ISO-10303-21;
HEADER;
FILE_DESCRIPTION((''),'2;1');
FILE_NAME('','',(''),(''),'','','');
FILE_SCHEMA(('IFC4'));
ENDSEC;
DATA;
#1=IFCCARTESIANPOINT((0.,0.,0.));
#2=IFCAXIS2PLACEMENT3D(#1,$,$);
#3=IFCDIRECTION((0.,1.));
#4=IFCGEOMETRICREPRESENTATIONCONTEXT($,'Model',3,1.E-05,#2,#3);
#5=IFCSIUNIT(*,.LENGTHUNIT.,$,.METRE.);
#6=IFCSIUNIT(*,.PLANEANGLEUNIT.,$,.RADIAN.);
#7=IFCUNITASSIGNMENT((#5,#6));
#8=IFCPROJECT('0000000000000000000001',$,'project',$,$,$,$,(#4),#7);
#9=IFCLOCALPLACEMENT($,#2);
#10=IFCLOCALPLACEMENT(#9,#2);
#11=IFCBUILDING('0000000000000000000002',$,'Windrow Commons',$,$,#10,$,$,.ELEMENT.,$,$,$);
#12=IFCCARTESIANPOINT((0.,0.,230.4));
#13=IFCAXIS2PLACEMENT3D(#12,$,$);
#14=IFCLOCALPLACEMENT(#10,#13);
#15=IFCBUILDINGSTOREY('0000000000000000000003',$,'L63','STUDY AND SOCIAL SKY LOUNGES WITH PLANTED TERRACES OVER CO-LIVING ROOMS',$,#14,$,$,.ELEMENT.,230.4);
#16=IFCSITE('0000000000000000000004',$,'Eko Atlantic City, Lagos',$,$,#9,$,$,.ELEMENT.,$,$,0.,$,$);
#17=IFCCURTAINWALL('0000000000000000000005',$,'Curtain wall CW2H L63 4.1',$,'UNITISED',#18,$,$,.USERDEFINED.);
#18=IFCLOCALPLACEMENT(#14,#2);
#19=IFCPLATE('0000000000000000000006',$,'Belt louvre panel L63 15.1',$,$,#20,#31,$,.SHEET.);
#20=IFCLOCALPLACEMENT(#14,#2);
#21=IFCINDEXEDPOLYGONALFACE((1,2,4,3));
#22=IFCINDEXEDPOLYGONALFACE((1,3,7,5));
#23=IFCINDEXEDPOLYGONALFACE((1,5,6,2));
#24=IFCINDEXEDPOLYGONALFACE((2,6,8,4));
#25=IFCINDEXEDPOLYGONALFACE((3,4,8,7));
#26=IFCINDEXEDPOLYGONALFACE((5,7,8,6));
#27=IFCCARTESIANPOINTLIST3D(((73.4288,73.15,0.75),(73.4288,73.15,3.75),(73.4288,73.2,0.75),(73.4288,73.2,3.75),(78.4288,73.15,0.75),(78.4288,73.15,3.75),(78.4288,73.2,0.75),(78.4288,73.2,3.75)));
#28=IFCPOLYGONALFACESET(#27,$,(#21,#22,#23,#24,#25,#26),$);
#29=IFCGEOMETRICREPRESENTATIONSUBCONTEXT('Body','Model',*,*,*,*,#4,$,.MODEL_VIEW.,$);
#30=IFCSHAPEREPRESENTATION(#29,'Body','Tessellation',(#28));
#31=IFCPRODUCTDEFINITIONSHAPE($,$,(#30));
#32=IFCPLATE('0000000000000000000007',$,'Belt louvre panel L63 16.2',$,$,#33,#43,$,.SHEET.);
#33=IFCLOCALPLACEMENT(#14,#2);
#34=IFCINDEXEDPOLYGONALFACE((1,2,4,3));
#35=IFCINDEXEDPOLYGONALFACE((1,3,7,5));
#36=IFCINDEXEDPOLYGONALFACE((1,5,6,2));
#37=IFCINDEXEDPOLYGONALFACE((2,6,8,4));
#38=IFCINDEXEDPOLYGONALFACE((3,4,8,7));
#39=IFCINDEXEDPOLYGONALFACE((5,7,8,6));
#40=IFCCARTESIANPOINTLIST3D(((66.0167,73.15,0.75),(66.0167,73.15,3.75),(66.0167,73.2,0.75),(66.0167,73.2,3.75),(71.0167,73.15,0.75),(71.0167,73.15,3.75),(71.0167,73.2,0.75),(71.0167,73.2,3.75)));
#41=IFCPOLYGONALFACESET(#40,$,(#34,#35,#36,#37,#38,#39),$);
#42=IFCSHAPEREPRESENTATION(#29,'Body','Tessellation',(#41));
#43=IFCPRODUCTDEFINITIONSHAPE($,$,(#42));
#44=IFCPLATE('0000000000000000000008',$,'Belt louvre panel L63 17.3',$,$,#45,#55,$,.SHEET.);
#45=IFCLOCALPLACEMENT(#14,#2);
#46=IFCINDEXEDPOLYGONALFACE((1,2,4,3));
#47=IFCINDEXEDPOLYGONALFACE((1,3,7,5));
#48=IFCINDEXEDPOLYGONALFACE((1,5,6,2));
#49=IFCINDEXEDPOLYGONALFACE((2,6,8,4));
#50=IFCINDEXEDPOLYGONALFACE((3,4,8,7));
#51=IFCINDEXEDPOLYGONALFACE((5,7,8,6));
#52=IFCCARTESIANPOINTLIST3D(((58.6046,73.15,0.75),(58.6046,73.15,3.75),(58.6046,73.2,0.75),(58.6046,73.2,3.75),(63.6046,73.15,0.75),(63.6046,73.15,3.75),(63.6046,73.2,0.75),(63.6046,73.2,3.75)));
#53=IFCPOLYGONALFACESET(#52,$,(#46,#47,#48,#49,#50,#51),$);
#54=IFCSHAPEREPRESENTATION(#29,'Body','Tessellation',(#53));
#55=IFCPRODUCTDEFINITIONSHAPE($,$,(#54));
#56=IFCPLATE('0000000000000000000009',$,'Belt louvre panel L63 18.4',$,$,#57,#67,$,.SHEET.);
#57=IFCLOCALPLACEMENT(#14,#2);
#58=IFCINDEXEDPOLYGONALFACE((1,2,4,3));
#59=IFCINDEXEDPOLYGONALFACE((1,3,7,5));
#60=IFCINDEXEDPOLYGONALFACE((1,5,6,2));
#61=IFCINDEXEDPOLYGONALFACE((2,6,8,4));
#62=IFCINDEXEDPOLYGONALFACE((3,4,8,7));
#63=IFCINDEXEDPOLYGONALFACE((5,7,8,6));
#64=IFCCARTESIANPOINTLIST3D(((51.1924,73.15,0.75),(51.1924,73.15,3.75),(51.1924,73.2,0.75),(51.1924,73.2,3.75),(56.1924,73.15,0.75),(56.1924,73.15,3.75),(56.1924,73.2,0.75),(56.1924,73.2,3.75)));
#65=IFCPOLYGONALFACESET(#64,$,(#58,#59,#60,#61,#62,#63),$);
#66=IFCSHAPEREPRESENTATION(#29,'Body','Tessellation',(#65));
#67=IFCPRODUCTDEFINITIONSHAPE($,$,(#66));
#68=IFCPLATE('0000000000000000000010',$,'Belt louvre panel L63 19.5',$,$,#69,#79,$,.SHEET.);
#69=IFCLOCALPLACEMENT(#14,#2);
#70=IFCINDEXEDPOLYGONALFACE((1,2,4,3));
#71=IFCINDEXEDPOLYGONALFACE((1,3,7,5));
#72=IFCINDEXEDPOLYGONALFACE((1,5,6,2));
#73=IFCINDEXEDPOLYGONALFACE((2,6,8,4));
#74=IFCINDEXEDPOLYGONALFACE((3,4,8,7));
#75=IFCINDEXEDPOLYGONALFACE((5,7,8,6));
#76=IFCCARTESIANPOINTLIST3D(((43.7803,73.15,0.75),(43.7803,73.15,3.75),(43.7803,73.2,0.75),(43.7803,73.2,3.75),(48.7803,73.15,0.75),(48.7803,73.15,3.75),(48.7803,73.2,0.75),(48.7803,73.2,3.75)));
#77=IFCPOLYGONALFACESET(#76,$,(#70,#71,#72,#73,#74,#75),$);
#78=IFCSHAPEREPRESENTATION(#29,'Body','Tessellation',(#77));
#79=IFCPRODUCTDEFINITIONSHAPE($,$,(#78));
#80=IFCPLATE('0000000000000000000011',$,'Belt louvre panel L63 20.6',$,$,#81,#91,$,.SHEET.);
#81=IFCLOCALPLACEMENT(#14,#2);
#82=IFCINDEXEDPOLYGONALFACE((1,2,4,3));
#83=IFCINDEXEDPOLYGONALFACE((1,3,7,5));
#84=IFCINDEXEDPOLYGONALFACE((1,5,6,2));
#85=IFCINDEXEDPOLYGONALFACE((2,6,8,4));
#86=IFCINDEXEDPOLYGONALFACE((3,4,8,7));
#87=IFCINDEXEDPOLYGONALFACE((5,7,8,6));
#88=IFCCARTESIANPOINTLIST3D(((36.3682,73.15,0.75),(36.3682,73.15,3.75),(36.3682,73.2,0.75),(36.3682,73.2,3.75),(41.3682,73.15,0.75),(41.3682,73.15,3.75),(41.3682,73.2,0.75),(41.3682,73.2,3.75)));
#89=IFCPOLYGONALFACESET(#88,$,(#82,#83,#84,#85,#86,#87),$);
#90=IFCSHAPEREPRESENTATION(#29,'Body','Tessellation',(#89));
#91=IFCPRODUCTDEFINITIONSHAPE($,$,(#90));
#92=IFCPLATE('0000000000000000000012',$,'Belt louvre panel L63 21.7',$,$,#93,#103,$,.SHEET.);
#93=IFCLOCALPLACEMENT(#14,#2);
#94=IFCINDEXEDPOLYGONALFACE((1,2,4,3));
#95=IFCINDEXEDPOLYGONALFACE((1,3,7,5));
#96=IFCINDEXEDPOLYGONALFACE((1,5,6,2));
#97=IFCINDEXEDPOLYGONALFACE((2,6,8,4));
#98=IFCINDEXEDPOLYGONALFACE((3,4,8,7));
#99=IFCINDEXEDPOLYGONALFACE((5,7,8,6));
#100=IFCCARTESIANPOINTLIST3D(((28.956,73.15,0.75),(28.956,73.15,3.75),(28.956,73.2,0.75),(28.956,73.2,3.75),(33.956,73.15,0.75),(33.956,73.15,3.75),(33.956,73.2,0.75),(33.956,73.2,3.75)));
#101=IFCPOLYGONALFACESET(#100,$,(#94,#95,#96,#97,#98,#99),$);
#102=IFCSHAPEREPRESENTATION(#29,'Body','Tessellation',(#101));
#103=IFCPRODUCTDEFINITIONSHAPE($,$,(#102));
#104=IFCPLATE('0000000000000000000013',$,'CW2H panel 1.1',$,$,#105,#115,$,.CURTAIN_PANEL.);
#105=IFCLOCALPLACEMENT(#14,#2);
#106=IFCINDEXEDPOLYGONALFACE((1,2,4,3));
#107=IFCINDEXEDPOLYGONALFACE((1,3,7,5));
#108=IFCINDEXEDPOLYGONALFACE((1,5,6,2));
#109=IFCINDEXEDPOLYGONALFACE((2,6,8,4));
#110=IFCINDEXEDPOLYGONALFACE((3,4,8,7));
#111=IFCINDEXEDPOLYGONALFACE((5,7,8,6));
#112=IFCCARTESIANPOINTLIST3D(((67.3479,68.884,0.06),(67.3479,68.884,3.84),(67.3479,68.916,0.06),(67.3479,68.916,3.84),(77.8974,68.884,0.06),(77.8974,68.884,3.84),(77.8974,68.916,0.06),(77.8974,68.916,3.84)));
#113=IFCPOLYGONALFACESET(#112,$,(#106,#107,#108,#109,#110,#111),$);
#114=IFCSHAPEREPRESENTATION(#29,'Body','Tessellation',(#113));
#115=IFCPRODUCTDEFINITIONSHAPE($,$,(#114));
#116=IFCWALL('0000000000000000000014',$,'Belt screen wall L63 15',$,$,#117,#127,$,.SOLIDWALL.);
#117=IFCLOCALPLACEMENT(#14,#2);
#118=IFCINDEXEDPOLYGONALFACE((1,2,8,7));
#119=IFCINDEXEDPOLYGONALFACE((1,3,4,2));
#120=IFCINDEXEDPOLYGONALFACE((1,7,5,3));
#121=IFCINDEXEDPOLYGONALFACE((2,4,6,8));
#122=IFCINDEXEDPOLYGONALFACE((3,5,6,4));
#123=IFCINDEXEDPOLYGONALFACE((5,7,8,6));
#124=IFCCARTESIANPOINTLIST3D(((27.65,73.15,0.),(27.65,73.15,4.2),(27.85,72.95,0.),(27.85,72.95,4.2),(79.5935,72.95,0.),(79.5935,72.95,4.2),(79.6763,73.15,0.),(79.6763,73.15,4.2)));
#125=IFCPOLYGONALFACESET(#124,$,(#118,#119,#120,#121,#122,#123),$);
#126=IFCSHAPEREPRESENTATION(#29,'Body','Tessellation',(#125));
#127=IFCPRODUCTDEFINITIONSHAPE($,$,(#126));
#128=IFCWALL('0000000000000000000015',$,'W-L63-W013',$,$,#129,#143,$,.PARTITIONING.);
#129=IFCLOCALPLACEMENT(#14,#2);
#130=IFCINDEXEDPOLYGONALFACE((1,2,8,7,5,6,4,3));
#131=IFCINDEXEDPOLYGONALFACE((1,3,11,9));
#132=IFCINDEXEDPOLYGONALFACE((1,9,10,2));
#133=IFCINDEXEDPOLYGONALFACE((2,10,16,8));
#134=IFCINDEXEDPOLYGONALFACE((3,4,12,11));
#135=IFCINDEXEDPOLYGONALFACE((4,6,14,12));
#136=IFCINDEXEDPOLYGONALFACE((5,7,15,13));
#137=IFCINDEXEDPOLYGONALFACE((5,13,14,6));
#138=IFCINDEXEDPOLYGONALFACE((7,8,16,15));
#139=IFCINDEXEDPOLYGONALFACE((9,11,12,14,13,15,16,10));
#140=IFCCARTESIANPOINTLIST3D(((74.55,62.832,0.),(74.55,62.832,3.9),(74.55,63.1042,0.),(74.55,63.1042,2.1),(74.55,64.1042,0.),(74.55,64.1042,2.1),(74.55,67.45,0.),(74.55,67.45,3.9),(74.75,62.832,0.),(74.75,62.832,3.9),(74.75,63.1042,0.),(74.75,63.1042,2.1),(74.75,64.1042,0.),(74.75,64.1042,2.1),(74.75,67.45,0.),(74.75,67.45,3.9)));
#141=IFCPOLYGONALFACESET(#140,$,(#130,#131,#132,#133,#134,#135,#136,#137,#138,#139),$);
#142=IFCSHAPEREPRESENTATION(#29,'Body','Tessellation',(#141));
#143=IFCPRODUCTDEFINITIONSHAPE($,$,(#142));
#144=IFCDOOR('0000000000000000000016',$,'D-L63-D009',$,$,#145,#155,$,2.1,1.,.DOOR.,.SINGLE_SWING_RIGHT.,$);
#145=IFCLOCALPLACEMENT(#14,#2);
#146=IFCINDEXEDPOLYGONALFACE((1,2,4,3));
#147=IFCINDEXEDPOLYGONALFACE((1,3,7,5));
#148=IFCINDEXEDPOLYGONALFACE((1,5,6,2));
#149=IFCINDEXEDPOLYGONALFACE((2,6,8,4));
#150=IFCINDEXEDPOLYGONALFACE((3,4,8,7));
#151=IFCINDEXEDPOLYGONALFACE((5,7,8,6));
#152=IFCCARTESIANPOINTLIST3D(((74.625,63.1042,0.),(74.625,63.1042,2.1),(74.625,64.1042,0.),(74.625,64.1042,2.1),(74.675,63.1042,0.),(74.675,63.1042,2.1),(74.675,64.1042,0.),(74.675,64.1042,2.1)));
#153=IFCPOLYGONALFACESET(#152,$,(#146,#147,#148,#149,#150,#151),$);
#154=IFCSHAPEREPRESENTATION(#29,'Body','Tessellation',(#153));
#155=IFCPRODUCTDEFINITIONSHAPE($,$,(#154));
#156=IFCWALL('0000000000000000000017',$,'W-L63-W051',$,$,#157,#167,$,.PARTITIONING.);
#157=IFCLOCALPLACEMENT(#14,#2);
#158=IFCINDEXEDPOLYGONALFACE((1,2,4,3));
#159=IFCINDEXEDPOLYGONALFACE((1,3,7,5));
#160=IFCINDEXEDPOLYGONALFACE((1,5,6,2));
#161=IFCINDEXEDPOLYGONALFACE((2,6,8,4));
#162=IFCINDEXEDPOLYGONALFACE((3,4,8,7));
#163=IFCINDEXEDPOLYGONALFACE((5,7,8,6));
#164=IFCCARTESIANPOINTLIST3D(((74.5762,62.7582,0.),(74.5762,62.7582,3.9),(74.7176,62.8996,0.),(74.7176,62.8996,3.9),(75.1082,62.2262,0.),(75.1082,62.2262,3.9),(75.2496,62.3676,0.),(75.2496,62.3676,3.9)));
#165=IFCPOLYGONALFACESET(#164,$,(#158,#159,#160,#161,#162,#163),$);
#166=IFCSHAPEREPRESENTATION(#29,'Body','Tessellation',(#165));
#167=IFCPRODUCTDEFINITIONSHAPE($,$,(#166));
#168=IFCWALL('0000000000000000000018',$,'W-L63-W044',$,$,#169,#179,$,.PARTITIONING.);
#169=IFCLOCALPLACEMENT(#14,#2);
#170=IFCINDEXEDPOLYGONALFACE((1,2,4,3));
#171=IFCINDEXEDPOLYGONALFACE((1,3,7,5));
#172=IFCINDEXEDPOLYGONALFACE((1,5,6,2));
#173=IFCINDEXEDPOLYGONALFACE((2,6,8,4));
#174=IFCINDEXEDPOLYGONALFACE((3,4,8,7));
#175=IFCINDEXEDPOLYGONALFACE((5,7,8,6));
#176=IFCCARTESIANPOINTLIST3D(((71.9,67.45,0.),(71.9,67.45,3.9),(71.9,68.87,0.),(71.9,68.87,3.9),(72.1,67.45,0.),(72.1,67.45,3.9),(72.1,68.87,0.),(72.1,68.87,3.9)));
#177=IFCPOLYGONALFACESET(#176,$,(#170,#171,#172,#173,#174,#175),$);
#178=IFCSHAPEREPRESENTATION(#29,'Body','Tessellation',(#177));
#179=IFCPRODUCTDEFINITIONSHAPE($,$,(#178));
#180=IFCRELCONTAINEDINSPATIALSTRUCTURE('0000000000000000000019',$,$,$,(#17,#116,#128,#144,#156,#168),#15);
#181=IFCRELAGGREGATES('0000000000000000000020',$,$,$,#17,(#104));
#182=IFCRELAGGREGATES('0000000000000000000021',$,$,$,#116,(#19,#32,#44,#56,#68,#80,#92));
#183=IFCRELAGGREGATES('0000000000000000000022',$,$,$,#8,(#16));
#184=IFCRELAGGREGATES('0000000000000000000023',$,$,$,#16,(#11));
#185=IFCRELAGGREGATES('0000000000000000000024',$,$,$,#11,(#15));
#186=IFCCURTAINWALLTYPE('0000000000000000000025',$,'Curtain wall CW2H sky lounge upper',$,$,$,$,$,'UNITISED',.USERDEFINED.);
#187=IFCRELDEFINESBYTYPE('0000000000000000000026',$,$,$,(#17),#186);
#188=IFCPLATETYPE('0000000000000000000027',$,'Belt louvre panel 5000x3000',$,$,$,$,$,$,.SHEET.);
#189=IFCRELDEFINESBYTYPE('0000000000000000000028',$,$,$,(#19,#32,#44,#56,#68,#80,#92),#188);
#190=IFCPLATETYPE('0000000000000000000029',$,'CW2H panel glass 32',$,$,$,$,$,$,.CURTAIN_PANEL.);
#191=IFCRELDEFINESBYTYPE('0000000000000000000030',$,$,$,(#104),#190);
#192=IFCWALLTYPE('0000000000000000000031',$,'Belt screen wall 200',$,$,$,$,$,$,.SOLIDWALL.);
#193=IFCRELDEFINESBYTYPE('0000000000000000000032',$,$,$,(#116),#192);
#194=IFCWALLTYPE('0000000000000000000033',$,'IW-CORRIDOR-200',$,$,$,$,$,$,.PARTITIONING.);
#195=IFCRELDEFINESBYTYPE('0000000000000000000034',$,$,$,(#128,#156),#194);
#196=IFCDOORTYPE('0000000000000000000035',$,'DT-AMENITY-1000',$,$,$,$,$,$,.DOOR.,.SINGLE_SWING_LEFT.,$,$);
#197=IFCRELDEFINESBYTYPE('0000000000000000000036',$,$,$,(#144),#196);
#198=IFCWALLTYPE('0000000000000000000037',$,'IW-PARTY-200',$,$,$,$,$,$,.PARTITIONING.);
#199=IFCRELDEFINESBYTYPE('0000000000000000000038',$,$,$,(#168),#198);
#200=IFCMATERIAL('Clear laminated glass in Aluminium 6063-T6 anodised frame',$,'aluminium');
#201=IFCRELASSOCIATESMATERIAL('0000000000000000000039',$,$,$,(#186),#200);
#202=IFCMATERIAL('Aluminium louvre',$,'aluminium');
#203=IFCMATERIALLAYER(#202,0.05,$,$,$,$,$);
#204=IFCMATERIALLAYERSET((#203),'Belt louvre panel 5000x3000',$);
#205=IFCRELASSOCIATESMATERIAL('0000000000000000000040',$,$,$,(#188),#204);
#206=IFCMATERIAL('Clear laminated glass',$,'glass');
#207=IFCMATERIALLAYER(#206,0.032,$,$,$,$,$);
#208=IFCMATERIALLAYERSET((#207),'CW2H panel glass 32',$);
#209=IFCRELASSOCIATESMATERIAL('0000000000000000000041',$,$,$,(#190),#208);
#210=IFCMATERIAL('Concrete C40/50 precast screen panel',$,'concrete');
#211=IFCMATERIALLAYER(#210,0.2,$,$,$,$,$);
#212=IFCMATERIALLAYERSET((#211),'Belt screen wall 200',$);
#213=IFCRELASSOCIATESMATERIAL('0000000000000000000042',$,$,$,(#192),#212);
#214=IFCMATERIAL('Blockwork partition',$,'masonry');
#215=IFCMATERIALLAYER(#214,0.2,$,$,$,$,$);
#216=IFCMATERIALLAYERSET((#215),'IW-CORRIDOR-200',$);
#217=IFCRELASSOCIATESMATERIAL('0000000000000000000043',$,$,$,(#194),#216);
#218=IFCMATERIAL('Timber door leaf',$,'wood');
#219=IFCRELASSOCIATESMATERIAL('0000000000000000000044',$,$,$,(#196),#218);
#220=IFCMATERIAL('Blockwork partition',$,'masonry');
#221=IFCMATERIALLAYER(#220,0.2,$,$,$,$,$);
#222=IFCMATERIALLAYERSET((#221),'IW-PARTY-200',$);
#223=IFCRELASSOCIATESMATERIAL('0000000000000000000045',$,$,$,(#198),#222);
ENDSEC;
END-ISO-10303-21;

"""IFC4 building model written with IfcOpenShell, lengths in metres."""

from ifc_helpers import new_model, si_unit, direction, frame, frame_2d, origin, origin_2d, place, context, subcontext, project, spatial, polyline, rectangle, outline, extrude, material, layer, layer_set, type_object, element, fill, aggregate, save


model = new_model("IFC4")

# Units and contexts
model_context = context("Model", 3, precision=1e-05, world=origin(), true_north=direction((0.0, 1.0)))
body_context = subcontext(model_context, "Body", "Model", "MODEL_VIEW")
ifc_project = project(units=[si_unit("LENGTHUNIT", "METRE"), si_unit("PLANEANGLEUNIT", "RADIAN")], contexts=[model_context])

# Site, building, storey
site_placement = place(None, origin())
site = spatial("IfcSite", under=ifc_project, at=site_placement, Name="Eko Atlantic City, Lagos", CompositionType="ELEMENT", RefElevation=0.0)
building_placement = place(site_placement, origin())
building = spatial("IfcBuilding", under=site, at=building_placement, Name="Windrow Commons", CompositionType="ELEMENT")
storey_placement = place(building_placement, frame((0.0, 0.0, 230.4)))
storey = spatial("IfcBuildingStorey", under=building, at=storey_placement, Name="L63", Description="STUDY AND SOCIAL SKY LOUNGES WITH PLANTED TERRACES OVER CO-LIVING ROOMS", CompositionType="ELEMENT", Elevation=230.4)

# Shared definitions
ifc_material_1 = material(Name="Clear laminated glass in Aluminium 6063-T6 anodised frame", Category="aluminium")
curtain_wall_type = type_object("IfcCurtainWallType", Name="Curtain wall CW2H sky lounge upper", ElementType="UNITISED", PredefinedType="USERDEFINED", material=ifc_material_1)
placement = place(storey_placement, origin())

# Curtain wall
curtain_wall_1 = element("IfcCurtainWall", 1, at=placement, inside=storey, type_object=curtain_wall_type, Name="Curtain wall CW2H L63 4.1", ObjectType="UNITISED", PredefinedType="USERDEFINED")

# Plates
ifc_material_2 = material(Name="Aluminium louvre", Category="aluminium")
ifc_layer_1 = layer(ifc_material_2, 0.05)
ifc_layer_set_1 = layer_set([ifc_layer_1], Name="Belt louvre panel 5000x3000")
plate_type_1 = type_object("IfcPlateType", Name="Belt louvre panel 5000x3000", PredefinedType="SHEET", material=ifc_layer_set_1)
plate_1_placement = place(storey_placement, frame((78.4288, 73.2, 0.75), z_axis=(0.0, 1.0, 0.0), x_axis=(-1.0, 0.0, 0.0)))
plate_1 = element("IfcPlate", 2, at=plate_1_placement, type_object=plate_type_1, Name="Belt louvre panel L63 15.1", PredefinedType="SHEET", context=body_context, shape_type="SweptSolid", body=[
    extrude(outline(polyline([(0.0, 0.0), (5.0, 0.0), (5.0, 3.0), (0.0, 3.0), (0.0, 0.0)])), origin(), (0.0, 0.0, -1.0), 0.05),
])
plate_2_placement = place(storey_placement, frame((71.0167, 73.2, 0.75), z_axis=(0.0, 1.0, 0.0), x_axis=(-1.0, 0.0, 0.0)))
plate_2 = element("IfcPlate", 3, at=plate_2_placement, type_object=plate_type_1, Name="Belt louvre panel L63 16.2", PredefinedType="SHEET", context=body_context, shape_type="SweptSolid", body=[
    extrude(outline(polyline([(0.0, 0.0), (5.0, 0.0), (5.0, 3.0), (0.0, 3.0), (0.0, 0.0)])), origin(), (0.0, 0.0, -1.0), 0.05),
])
plate_3_placement = place(storey_placement, frame((63.6046, 73.2, 0.75), z_axis=(0.0, 1.0, 0.0), x_axis=(-1.0, 0.0, 0.0)))
plate_3 = element("IfcPlate", 4, at=plate_3_placement, type_object=plate_type_1, Name="Belt louvre panel L63 17.3", PredefinedType="SHEET", context=body_context, shape_type="SweptSolid", body=[
    extrude(outline(polyline([(0.0, 0.0), (5.0, 0.0), (5.0, 3.0), (0.0, 3.0), (0.0, 0.0)])), origin(), (0.0, 0.0, -1.0), 0.05),
])
plate_4_placement = place(storey_placement, frame((56.1924, 73.2, 0.75), z_axis=(0.0, 1.0, 0.0), x_axis=(-1.0, 0.0, 0.0)))
plate_4 = element("IfcPlate", 5, at=plate_4_placement, type_object=plate_type_1, Name="Belt louvre panel L63 18.4", PredefinedType="SHEET", context=body_context, shape_type="SweptSolid", body=[
    extrude(outline(polyline([(0.0, 0.0), (5.0, 0.0), (5.0, 3.0), (0.0, 3.0), (0.0, 0.0)])), origin(), (0.0, 0.0, -1.0), 0.05),
])
plate_5_placement = place(storey_placement, frame((48.7803, 73.2, 0.75), z_axis=(0.0, 1.0, 0.0), x_axis=(-1.0, 0.0, 0.0)))
plate_5 = element("IfcPlate", 6, at=plate_5_placement, type_object=plate_type_1, Name="Belt louvre panel L63 19.5", PredefinedType="SHEET", context=body_context, shape_type="SweptSolid", body=[
    extrude(outline(polyline([(0.0, 0.0), (5.0, 0.0), (5.0, 3.0), (0.0, 3.0), (0.0, 0.0)])), origin(), (0.0, 0.0, -1.0), 0.05),
])
plate_6_placement = place(storey_placement, frame((41.3682, 73.2, 0.75), z_axis=(0.0, 1.0, 0.0), x_axis=(-1.0, 0.0, 0.0)))
plate_6 = element("IfcPlate", 7, at=plate_6_placement, type_object=plate_type_1, Name="Belt louvre panel L63 20.6", PredefinedType="SHEET", context=body_context, shape_type="SweptSolid", body=[
    extrude(outline(polyline([(0.0, 0.0), (5.0, 0.0), (5.0, 3.0), (0.0, 3.0), (0.0, 0.0)])), origin(), (0.0, 0.0, -1.0), 0.05),
])
plate_7_placement = place(storey_placement, frame((33.956, 73.2, 0.75), z_axis=(0.0, 1.0, 0.0), x_axis=(-1.0, 0.0, 0.0)))
plate_7 = element("IfcPlate", 8, at=plate_7_placement, type_object=plate_type_1, Name="Belt louvre panel L63 21.7", PredefinedType="SHEET", context=body_context, shape_type="SweptSolid", body=[
    extrude(outline(polyline([(0.0, 0.0), (5.0, 0.0), (5.0, 3.0), (0.0, 3.0), (0.0, 0.0)])), origin(), (0.0, 0.0, -1.0), 0.05),
])
ifc_material_3 = material(Name="Clear laminated glass", Category="glass")
ifc_layer_2 = layer(ifc_material_3, 0.032)
ifc_layer_set_2 = layer_set([ifc_layer_2], Name="CW2H panel glass 32")
plate_type_2 = type_object("IfcPlateType", Name="CW2H panel glass 32", PredefinedType="CURTAIN_PANEL", material=ifc_layer_set_2)
plate_8_placement = place(storey_placement, frame((72.6226, 68.9, 0.06), z_axis=(0.0, 0.0, 1.0), x_axis=(-1.0, 0.0, 0.0)))
plate_8 = element("IfcPlate", 9, at=plate_8_placement, type_object=plate_type_2, Name="CW2H panel 1.1", PredefinedType="CURTAIN_PANEL", context=body_context, shape_type="SweptSolid", body=[
    extrude(rectangle(XDim=10.5495, YDim=0.032, at=origin_2d()), origin(), (0.0, 0.0, 1.0), 3.78),
])
aggregate(curtain_wall_1, [plate_8])

# Wall
ifc_material_4 = material(Name="Concrete C40/50 precast screen panel", Category="concrete")
ifc_layer_3 = layer(ifc_material_4, 0.2)
ifc_layer_set_3 = layer_set([ifc_layer_3], Name="Belt screen wall 200")
wall_type_1 = type_object("IfcWallType", Name="Belt screen wall 200", PredefinedType="SOLIDWALL", material=ifc_layer_set_3)
wall_1_placement = place(storey_placement, frame((79.6349, 73.05, 0.0), z_axis=(0.0, 0.0, 1.0), x_axis=(-1.0, 0.0, 0.0)))
wall_1 = element("IfcWall", 10, at=wall_1_placement, inside=storey, type_object=wall_type_1, Name="Belt screen wall L63 15", PredefinedType="SOLIDWALL", context=body_context, shape_type="SweptSolid", body=[
    extrude(outline(polyline([(-0.0414, -0.1), (51.9849, -0.1), (51.7849, 0.1), (0.0414, 0.1), (-0.0414, -0.1)])), origin(), (0.0, 0.0, 1.0), 4.2),
])
aggregate(wall_1, [plate_1, plate_2, plate_3, plate_4, plate_5, plate_6, plate_7])

# Wall, opening, door
ifc_material_5 = material(Name="Blockwork partition", Category="masonry")
ifc_layer_4 = layer(ifc_material_5, 0.2)
ifc_layer_set_4 = layer_set([ifc_layer_4], Name="IW-CORRIDOR-200")
wall_type_2 = type_object("IfcWallType", Name="IW-CORRIDOR-200", PredefinedType="PARTITIONING", material=ifc_layer_set_4)
wall_2_placement = place(storey_placement, frame((74.65, 62.832, 0.0), z_axis=(0.0, 0.0, 1.0), x_axis=(0.0, 1.0, 0.0)))
wall_2 = element("IfcWall", 11, at=wall_2_placement, inside=storey, type_object=wall_type_2, Name="W-L63-W013", PredefinedType="PARTITIONING", context=body_context, shape_type="SweptSolid", body=[
    extrude(rectangle(XDim=4.618, YDim=0.2, at=frame_2d((2.309, 0.0))), origin(), (0.0, 0.0, 1.0), 3.9),
])
opening_placement = place(wall_2_placement, frame((0.2722, 0.0, 0.0)))
opening = element("IfcOpeningElement", 12, at=opening_placement, cuts=wall_2, PredefinedType="OPENING", context=body_context, shape_type="SweptSolid", body=[
    extrude(rectangle(XDim=1.0, YDim=2.1, at=frame_2d((0.5, 1.05))), frame((0.0, 0.11, 0.0), z_axis=(0.0, -1.0, 0.0), x_axis=(1.0, 0.0, 0.0)), (0.0, 0.0, 1.0), 0.22),
])
ifc_material_6 = material(Name="Timber door leaf", Category="wood")
door_type = type_object("IfcDoorType", Name="DT-AMENITY-1000", OperationType="SINGLE_SWING_LEFT", PredefinedType="DOOR", material=ifc_material_6)
door_placement = place(opening_placement, origin())
door = element("IfcDoor", 13, at=door_placement, inside=storey, type_object=door_type, Name="D-L63-D009", OperationType="SINGLE_SWING_RIGHT", OverallHeight=2.1, OverallWidth=1.0, PredefinedType="DOOR", context=body_context, shape_type="SweptSolid", body=[
    extrude(rectangle(XDim=1.0, YDim=2.1, at=frame_2d((0.5, 1.05))), frame((0.0, 0.025, 0.0), z_axis=(0.0, -1.0, 0.0), x_axis=(1.0, 0.0, 0.0)), (0.0, 0.0, 1.0), 0.05),
])
fill(opening, door)

# Walls
wall_3_placement = place(storey_placement, frame((74.6469, 62.8289, 0.0), z_axis=(0.0, 0.0, 1.0), x_axis=(0.707107, -0.707107, 0.0)))
element("IfcWall", 14, at=wall_3_placement, inside=storey, type_object=wall_type_2, Name="W-L63-W051", PredefinedType="PARTITIONING", context=body_context, shape_type="SweptSolid", body=[
    extrude(rectangle(XDim=0.7524, YDim=0.2, at=frame_2d((0.3762, 0.0))), origin(), (0.0, 0.0, 1.0), 3.9),
])
ifc_material_7 = material(Name="Blockwork partition", Category="masonry")
ifc_layer_5 = layer(ifc_material_7, 0.2)
ifc_layer_set_5 = layer_set([ifc_layer_5], Name="IW-PARTY-200")
wall_type_3 = type_object("IfcWallType", Name="IW-PARTY-200", PredefinedType="PARTITIONING", material=ifc_layer_set_5)
wall_4_placement = place(storey_placement, frame((72.0, 67.45, 0.0), z_axis=(0.0, 0.0, 1.0), x_axis=(0.0, 1.0, 0.0)))
element("IfcWall", 15, at=wall_4_placement, inside=storey, type_object=wall_type_3, Name="W-L63-W044", PredefinedType="PARTITIONING", context=body_context, shape_type="SweptSolid", body=[
    extrude(rectangle(XDim=1.42, YDim=0.2, at=frame_2d((0.71, 0.0))), origin(), (0.0, 0.0, 1.0), 3.9),
])

save(model, "model.ifc")
